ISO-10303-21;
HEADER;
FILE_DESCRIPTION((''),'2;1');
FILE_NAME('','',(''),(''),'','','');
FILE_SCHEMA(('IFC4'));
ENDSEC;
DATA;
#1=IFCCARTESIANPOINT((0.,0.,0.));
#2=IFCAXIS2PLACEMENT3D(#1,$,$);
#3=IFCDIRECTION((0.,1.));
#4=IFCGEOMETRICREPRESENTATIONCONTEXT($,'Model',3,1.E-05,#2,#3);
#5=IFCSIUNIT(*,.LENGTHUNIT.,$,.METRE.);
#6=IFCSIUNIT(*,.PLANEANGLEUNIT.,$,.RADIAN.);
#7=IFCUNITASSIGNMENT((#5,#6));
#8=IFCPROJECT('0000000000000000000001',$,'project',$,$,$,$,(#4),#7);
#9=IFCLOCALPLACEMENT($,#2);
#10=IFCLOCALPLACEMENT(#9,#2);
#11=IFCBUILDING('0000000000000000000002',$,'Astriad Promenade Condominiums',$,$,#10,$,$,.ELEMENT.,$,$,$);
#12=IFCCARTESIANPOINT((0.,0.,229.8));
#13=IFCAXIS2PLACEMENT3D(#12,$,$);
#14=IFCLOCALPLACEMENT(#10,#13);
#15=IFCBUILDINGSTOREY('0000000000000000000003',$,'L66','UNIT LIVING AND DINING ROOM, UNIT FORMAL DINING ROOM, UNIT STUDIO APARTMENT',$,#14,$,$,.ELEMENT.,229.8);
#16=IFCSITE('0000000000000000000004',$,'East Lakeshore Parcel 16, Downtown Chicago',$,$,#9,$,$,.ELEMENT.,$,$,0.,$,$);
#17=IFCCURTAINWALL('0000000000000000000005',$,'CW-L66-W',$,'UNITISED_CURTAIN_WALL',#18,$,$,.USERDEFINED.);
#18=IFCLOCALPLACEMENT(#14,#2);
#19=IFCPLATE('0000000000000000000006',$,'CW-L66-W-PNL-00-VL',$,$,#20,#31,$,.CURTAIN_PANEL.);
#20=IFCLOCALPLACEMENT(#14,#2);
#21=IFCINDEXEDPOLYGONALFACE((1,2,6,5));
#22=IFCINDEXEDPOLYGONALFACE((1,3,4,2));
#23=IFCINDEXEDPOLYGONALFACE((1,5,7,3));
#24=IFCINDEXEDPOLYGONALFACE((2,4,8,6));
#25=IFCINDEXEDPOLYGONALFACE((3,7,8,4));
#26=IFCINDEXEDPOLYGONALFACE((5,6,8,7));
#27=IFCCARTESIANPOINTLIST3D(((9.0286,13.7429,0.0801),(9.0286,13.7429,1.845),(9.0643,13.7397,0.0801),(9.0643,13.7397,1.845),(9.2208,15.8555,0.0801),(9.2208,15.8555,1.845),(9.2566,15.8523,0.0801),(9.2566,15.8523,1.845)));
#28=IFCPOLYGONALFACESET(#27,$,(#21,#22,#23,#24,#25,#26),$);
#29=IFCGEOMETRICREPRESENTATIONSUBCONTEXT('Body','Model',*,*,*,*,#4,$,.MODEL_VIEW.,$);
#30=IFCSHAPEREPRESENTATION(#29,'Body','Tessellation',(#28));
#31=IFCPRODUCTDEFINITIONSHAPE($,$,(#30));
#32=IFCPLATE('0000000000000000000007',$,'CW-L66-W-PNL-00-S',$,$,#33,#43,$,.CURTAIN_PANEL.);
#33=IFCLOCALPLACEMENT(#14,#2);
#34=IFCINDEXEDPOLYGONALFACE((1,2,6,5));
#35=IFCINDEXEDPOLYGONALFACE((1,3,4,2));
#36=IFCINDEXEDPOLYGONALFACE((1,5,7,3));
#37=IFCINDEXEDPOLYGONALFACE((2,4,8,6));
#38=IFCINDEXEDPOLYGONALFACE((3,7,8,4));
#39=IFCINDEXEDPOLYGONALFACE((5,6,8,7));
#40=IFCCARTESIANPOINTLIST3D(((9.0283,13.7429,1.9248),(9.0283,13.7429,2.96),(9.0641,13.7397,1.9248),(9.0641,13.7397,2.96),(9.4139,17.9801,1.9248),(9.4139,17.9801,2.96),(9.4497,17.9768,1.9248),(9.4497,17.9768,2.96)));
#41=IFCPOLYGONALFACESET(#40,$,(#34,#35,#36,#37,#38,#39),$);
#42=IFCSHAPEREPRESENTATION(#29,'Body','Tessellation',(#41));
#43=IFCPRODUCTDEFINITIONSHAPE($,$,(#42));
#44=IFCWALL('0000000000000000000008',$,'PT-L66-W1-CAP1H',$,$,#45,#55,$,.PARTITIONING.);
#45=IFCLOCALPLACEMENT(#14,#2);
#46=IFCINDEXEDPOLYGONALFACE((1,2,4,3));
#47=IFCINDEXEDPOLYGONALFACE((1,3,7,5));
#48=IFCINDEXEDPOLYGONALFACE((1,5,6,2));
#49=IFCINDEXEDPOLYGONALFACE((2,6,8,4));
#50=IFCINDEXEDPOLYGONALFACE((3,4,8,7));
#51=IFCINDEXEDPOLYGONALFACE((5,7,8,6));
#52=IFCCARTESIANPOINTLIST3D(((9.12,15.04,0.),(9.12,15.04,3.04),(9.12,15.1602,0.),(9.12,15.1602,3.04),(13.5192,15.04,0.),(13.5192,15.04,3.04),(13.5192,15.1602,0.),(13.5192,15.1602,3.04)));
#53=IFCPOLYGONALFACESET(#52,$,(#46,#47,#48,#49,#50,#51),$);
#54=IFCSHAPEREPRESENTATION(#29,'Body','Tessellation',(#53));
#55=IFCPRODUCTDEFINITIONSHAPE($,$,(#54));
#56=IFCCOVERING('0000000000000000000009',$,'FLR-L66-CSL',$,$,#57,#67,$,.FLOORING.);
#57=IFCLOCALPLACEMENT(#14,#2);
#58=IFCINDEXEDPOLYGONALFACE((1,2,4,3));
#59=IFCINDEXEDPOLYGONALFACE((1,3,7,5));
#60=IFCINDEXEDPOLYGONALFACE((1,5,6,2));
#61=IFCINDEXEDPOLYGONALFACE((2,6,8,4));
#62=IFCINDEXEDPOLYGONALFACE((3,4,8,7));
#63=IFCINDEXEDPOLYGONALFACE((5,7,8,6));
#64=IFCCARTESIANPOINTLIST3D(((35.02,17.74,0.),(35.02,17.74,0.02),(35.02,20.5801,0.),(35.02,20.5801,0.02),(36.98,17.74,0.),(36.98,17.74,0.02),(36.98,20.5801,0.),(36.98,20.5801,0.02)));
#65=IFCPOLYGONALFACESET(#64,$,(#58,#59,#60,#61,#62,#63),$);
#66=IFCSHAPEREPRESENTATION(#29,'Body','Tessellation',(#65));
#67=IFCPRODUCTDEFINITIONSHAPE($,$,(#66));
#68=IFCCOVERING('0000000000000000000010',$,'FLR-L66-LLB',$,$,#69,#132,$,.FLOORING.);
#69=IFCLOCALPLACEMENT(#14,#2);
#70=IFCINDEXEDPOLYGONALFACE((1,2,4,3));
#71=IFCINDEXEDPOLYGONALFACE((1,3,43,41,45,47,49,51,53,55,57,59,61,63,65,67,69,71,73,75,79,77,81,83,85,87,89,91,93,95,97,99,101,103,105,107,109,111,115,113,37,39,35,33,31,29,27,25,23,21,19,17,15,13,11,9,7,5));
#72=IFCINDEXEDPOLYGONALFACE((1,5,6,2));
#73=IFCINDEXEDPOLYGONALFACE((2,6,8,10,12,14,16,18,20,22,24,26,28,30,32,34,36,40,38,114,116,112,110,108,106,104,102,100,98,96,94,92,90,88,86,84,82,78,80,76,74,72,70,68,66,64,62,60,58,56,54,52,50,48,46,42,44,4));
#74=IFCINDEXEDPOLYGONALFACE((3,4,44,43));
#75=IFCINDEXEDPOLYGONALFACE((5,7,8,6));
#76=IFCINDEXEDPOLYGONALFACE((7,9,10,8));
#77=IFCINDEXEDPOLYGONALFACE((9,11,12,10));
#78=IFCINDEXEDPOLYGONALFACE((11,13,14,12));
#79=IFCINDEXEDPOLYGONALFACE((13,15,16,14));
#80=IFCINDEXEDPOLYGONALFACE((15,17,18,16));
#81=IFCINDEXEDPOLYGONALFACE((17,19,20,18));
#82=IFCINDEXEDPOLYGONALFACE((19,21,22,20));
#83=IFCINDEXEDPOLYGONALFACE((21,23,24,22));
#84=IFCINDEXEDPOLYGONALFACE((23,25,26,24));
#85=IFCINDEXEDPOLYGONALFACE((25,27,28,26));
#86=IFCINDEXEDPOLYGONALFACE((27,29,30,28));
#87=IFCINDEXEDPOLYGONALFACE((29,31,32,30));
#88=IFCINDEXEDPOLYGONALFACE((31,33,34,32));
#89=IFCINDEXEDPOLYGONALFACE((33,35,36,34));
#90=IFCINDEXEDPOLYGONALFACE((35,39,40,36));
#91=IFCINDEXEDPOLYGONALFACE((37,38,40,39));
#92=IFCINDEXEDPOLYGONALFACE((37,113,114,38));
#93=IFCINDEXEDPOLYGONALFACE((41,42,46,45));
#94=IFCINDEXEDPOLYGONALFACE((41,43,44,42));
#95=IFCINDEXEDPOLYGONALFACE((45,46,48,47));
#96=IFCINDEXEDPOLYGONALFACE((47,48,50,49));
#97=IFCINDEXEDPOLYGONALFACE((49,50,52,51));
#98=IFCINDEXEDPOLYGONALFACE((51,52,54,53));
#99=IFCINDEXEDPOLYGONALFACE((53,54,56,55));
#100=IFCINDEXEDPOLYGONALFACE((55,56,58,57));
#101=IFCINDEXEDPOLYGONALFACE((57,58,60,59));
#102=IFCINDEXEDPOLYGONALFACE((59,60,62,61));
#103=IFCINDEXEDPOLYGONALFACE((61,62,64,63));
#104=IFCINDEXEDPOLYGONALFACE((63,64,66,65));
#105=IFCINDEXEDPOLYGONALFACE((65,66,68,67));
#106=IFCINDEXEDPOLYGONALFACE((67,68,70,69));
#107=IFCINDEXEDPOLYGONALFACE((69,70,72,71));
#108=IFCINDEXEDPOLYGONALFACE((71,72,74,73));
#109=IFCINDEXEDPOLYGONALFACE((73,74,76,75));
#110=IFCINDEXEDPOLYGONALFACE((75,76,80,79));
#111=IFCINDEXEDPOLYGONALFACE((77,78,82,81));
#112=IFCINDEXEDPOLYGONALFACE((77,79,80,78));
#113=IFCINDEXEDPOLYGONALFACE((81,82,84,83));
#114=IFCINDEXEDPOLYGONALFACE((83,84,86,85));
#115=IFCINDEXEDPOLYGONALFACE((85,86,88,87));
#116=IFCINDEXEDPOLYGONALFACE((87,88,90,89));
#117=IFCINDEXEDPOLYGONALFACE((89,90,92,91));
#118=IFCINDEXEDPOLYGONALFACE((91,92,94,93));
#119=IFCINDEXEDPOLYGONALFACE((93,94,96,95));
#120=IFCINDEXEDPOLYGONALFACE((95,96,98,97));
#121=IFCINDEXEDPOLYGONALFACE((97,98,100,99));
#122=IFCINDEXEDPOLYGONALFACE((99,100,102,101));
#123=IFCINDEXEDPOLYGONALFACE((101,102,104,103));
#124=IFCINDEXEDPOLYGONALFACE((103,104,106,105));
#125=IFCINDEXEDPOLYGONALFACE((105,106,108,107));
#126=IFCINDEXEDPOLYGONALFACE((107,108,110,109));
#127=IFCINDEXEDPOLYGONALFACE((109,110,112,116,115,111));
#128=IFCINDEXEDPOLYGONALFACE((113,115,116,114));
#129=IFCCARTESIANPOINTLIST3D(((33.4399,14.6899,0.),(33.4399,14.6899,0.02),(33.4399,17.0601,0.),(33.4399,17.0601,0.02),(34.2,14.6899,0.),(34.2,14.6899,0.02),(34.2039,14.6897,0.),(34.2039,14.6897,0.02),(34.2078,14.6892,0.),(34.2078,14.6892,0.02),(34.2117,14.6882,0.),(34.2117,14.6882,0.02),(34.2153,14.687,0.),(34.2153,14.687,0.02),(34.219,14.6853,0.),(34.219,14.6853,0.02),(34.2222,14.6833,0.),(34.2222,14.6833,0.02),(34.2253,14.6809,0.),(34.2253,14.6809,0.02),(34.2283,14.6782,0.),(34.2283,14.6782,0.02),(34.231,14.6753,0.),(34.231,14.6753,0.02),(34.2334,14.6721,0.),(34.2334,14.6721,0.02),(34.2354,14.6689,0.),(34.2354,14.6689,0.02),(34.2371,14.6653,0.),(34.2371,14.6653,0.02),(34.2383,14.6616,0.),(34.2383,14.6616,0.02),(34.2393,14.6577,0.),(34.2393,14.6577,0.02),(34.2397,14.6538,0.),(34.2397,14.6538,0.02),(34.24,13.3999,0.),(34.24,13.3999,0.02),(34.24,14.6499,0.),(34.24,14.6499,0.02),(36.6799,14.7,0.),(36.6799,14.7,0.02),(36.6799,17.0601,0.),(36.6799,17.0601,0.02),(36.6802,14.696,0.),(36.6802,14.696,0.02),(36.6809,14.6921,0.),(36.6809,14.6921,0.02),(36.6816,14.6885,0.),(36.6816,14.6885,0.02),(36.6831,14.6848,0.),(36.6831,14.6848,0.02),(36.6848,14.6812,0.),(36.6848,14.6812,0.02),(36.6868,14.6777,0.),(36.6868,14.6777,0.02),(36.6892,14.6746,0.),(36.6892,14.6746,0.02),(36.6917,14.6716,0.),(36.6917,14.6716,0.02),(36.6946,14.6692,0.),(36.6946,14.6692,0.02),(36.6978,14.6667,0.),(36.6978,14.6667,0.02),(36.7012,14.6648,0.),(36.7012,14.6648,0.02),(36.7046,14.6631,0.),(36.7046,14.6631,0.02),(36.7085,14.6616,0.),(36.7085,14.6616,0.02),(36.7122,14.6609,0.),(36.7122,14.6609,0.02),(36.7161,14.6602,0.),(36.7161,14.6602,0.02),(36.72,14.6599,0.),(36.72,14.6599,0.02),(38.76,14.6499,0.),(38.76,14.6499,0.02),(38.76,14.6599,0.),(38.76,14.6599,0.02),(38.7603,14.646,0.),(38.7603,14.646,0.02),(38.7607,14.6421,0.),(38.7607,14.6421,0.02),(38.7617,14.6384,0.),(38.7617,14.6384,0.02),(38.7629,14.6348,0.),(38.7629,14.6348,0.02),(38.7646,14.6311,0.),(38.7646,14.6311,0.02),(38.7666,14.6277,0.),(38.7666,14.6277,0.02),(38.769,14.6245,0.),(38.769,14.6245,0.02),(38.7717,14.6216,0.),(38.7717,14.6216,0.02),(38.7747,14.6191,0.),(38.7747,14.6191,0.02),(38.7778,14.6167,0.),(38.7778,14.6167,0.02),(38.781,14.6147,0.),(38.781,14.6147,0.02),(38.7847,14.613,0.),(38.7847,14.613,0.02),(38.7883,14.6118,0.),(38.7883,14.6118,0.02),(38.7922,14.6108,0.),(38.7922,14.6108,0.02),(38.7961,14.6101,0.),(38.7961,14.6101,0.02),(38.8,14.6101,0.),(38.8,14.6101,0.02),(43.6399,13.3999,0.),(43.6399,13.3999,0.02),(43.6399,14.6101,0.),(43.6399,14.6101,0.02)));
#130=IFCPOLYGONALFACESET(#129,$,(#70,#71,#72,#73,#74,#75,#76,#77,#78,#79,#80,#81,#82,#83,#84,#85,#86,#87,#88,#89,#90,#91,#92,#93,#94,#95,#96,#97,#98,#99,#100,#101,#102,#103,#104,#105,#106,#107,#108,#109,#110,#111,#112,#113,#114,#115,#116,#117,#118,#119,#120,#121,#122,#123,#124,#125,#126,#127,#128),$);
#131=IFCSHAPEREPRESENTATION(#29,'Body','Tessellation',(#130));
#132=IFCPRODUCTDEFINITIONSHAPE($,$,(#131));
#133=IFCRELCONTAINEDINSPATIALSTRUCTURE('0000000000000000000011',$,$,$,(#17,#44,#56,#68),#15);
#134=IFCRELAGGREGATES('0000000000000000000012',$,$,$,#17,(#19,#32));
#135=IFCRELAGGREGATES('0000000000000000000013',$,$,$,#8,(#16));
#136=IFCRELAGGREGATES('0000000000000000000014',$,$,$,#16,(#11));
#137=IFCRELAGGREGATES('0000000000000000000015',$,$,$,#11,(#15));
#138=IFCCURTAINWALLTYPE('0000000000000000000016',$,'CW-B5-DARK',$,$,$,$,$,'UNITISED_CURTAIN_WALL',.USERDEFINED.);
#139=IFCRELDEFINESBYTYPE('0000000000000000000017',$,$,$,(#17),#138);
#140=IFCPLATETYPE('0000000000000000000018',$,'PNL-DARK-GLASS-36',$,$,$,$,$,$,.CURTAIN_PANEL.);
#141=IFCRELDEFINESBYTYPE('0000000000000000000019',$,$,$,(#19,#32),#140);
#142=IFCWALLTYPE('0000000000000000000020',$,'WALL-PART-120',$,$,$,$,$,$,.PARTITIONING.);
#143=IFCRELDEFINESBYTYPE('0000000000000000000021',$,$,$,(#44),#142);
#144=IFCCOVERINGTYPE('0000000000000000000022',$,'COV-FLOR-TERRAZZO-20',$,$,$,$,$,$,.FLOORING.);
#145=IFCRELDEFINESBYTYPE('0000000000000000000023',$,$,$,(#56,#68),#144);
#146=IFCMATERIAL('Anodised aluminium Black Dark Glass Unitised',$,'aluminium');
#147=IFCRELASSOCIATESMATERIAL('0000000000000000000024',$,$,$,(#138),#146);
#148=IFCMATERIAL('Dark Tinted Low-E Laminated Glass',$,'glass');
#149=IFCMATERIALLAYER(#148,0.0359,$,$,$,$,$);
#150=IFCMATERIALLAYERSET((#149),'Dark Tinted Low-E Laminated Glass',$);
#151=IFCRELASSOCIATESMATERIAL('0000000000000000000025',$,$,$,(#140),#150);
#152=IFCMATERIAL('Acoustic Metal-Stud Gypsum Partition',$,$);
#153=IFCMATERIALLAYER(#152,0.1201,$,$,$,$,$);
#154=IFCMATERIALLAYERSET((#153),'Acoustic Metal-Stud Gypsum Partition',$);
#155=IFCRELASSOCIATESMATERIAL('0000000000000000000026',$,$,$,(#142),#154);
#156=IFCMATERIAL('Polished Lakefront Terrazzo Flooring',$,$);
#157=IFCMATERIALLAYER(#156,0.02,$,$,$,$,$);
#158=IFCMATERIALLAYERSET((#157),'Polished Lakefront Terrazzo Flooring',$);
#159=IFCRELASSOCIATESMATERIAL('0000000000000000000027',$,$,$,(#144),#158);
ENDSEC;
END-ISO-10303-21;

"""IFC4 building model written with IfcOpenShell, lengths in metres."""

from ifc_helpers import new_model, si_unit, direction, frame, frame_2d, origin, origin_2d, place, context, subcontext, project, spatial, polyline, rectangle, outline, extrude, source, transform, mapped, material, layer, layer_set, type_object, type_shapes, element, aggregate, save


model = new_model("IFC4")

# Units and contexts
model_context = context("Model", 3, precision=1e-05, world=origin(), true_north=direction((0.0, 1.0)))
body_context = subcontext(model_context, "Body", "Model", "MODEL_VIEW")
ifc_project = project(units=[si_unit("LENGTHUNIT", "METRE"), si_unit("PLANEANGLEUNIT", "RADIAN")], contexts=[model_context])

# Site, building, storey
site_placement = place(None, origin())
site = spatial("IfcSite", under=ifc_project, at=site_placement, Name="East Lakeshore Parcel 16, Downtown Chicago", CompositionType="ELEMENT", RefElevation=0.0)
building_placement = place(site_placement, origin())
building = spatial("IfcBuilding", under=site, at=building_placement, Name="Astriad Promenade Condominiums", CompositionType="ELEMENT")
storey_placement = place(building_placement, frame((0.0, 0.0, 229.8)))
storey = spatial("IfcBuildingStorey", under=building, at=storey_placement, Name="L66", Description="UNIT LIVING AND DINING ROOM, UNIT FORMAL DINING ROOM, UNIT STUDIO APARTMENT", CompositionType="ELEMENT", Elevation=229.8)

# Curtain wall
ifc_material_1 = material(Name="Anodised aluminium Black Dark Glass Unitised", Category="aluminium")
curtain_wall_type = type_object("IfcCurtainWallType", Name="CW-B5-DARK", ElementType="UNITISED_CURTAIN_WALL", PredefinedType="USERDEFINED", material=ifc_material_1)
curtain_wall_placement = place(storey_placement, origin())
curtain_wall = element("IfcCurtainWall", 1, at=curtain_wall_placement, inside=storey, type_object=curtain_wall_type, Name="CW-L66-W", ObjectType="UNITISED_CURTAIN_WALL", PredefinedType="USERDEFINED")

# Plates
ifc_material_2 = material(Name="Dark Tinted Low-E Laminated Glass", Category="glass")
ifc_layer_1 = layer(ifc_material_2, 0.0359)
ifc_layer_set_1 = layer_set([ifc_layer_1], Name="Dark Tinted Low-E Laminated Glass")
plate_type = type_object("IfcPlateType", Name="PNL-DARK-GLASS-36", PredefinedType="CURTAIN_PANEL", material=ifc_layer_set_1)
shared_shape_1 = source(origin(), body_context, "Body", "SweptSolid", [
    extrude(rectangle(XDim=2.1213, YDim=0.0359, at=origin_2d()), origin(), (0.0, 0.0, 1.0), 1.7649),
])
plate_1_placement = place(storey_placement, frame((9.1426, 14.7976, 0.0801), z_axis=(0.0, 0.0, 1.0), x_axis=(0.090633, 0.995884, 0.0)))
plate_1 = element("IfcPlate", 2, at=plate_1_placement, type_object=plate_type, Name="CW-L66-W-PNL-00-VL", PredefinedType="CURTAIN_PANEL", context=body_context, shape_type="MappedRepresentation", body=[
    mapped(shared_shape_1, transform((0.0, 0.0, 0.0), scale=1.0)),
])
shared_shape_2 = source(origin(), body_context, "Body", "SweptSolid", [
    extrude(rectangle(XDim=4.2546, YDim=0.0359, at=origin_2d()), origin(), (0.0, 0.0, 1.0), 1.0352),
])
type_shapes(plate_type, [shared_shape_1, shared_shape_2])
plate_2_placement = place(storey_placement, frame((9.239, 15.8599, 1.9248), z_axis=(0.0, 0.0, 1.0), x_axis=(0.090633, 0.995884, 0.0)))
plate_2 = element("IfcPlate", 3, at=plate_2_placement, type_object=plate_type, Name="CW-L66-W-PNL-00-S", PredefinedType="CURTAIN_PANEL", context=body_context, shape_type="MappedRepresentation", body=[
    mapped(shared_shape_2, transform((0.0, 0.0, 0.0), scale=1.0)),
])
aggregate(curtain_wall, [plate_1, plate_2])

# Wall
ifc_material_3 = material(Name="Acoustic Metal-Stud Gypsum Partition")
ifc_layer_2 = layer(ifc_material_3, 0.1201)
ifc_layer_set_2 = layer_set([ifc_layer_2], Name="Acoustic Metal-Stud Gypsum Partition")
wall_type = type_object("IfcWallType", Name="WALL-PART-120", PredefinedType="PARTITIONING", material=ifc_layer_set_2)
wall_placement = place(storey_placement, frame((9.1199, 15.1001, 0.0), z_axis=(0.0, 0.0, 1.0), x_axis=(1.0, 0.0, 0.0)))
element("IfcWall", 4, at=wall_placement, inside=storey, type_object=wall_type, Name="PT-L66-W1-CAP1H", PredefinedType="PARTITIONING", context=body_context, shape_type="SweptSolid", body=[
    extrude(rectangle(XDim=4.3992, YDim=0.1201, at=frame_2d((2.1997, 0.0))), origin(), (0.0, 0.0, 1.0), 3.04),
])

# Coverings
ifc_material_4 = material(Name="Polished Lakefront Terrazzo Flooring")
ifc_layer_3 = layer(ifc_material_4, 0.02)
ifc_layer_set_3 = layer_set([ifc_layer_3], Name="Polished Lakefront Terrazzo Flooring")
covering_type = type_object("IfcCoveringType", Name="COV-FLOR-TERRAZZO-20", PredefinedType="FLOORING", material=ifc_layer_set_3)
covering_1_placement = place(storey_placement, origin())
element("IfcCovering", 5, at=covering_1_placement, inside=storey, type_object=covering_type, Name="FLR-L66-CSL", PredefinedType="FLOORING", context=body_context, shape_type="SweptSolid", body=[
    extrude(outline(polyline([(36.98, 17.74), (35.02, 17.74), (35.02, 20.5801), (36.98, 20.5801), (36.98, 17.74)])), origin(), (0.0, 0.0, 1.0), 0.02),
])
covering_2_placement = place(storey_placement, origin())
element("IfcCovering", 6, at=covering_2_placement, inside=storey, type_object=covering_type, Name="FLR-L66-LLB", PredefinedType="FLOORING", context=body_context, shape_type="SweptSolid", body=[
    extrude(outline(polyline([(43.6399, 14.6101), (43.6399, 13.3999), (34.24, 13.3999), (34.24, 14.6499), (34.2397, 14.6538), (34.2393, 14.6577), (34.2383, 14.6616), (34.2371, 14.6653), (34.2354, 14.6689), (34.2334, 14.6721), (34.231, 14.6753), (34.2283, 14.6782), (34.2253, 14.6809), (34.2222, 14.6833), (34.219, 14.6853), (34.2153, 14.687), (34.2117, 14.6882), (34.2078, 14.6892), (34.2039, 14.6897), (34.2, 14.6899), (33.4399, 14.6899), (33.4399, 17.0601), (36.6799, 17.0601), (36.6799, 14.7), (36.6802, 14.696), (36.6809, 14.6921), (36.6816, 14.6885), (36.6831, 14.6848), (36.6848, 14.6812), (36.6868, 14.6777), (36.6892, 14.6746), (36.6917, 14.6716), (36.6946, 14.6692), (36.6978, 14.6667), (36.7012, 14.6648), (36.7046, 14.6631), (36.7085, 14.6616), (36.7122, 14.6609), (36.7161, 14.6602), (36.72, 14.6599), (38.76, 14.6599), (38.76, 14.6499), (38.7603, 14.646), (38.7607, 14.6421), (38.7617, 14.6384), (38.7629, 14.6348), (38.7646, 14.6311), (38.7666, 14.6277), (38.769, 14.6245), (38.7717, 14.6216), (38.7747, 14.6191), (38.7778, 14.6167), (38.781, 14.6147), (38.7847, 14.613), (38.7883, 14.6118), (38.7922, 14.6108), (38.7961, 14.6101), (38.8, 14.6101), (43.6399, 14.6101)])), origin(), (0.0, 0.0, 1.0), 0.02),
])

save(model, "model.ifc")
